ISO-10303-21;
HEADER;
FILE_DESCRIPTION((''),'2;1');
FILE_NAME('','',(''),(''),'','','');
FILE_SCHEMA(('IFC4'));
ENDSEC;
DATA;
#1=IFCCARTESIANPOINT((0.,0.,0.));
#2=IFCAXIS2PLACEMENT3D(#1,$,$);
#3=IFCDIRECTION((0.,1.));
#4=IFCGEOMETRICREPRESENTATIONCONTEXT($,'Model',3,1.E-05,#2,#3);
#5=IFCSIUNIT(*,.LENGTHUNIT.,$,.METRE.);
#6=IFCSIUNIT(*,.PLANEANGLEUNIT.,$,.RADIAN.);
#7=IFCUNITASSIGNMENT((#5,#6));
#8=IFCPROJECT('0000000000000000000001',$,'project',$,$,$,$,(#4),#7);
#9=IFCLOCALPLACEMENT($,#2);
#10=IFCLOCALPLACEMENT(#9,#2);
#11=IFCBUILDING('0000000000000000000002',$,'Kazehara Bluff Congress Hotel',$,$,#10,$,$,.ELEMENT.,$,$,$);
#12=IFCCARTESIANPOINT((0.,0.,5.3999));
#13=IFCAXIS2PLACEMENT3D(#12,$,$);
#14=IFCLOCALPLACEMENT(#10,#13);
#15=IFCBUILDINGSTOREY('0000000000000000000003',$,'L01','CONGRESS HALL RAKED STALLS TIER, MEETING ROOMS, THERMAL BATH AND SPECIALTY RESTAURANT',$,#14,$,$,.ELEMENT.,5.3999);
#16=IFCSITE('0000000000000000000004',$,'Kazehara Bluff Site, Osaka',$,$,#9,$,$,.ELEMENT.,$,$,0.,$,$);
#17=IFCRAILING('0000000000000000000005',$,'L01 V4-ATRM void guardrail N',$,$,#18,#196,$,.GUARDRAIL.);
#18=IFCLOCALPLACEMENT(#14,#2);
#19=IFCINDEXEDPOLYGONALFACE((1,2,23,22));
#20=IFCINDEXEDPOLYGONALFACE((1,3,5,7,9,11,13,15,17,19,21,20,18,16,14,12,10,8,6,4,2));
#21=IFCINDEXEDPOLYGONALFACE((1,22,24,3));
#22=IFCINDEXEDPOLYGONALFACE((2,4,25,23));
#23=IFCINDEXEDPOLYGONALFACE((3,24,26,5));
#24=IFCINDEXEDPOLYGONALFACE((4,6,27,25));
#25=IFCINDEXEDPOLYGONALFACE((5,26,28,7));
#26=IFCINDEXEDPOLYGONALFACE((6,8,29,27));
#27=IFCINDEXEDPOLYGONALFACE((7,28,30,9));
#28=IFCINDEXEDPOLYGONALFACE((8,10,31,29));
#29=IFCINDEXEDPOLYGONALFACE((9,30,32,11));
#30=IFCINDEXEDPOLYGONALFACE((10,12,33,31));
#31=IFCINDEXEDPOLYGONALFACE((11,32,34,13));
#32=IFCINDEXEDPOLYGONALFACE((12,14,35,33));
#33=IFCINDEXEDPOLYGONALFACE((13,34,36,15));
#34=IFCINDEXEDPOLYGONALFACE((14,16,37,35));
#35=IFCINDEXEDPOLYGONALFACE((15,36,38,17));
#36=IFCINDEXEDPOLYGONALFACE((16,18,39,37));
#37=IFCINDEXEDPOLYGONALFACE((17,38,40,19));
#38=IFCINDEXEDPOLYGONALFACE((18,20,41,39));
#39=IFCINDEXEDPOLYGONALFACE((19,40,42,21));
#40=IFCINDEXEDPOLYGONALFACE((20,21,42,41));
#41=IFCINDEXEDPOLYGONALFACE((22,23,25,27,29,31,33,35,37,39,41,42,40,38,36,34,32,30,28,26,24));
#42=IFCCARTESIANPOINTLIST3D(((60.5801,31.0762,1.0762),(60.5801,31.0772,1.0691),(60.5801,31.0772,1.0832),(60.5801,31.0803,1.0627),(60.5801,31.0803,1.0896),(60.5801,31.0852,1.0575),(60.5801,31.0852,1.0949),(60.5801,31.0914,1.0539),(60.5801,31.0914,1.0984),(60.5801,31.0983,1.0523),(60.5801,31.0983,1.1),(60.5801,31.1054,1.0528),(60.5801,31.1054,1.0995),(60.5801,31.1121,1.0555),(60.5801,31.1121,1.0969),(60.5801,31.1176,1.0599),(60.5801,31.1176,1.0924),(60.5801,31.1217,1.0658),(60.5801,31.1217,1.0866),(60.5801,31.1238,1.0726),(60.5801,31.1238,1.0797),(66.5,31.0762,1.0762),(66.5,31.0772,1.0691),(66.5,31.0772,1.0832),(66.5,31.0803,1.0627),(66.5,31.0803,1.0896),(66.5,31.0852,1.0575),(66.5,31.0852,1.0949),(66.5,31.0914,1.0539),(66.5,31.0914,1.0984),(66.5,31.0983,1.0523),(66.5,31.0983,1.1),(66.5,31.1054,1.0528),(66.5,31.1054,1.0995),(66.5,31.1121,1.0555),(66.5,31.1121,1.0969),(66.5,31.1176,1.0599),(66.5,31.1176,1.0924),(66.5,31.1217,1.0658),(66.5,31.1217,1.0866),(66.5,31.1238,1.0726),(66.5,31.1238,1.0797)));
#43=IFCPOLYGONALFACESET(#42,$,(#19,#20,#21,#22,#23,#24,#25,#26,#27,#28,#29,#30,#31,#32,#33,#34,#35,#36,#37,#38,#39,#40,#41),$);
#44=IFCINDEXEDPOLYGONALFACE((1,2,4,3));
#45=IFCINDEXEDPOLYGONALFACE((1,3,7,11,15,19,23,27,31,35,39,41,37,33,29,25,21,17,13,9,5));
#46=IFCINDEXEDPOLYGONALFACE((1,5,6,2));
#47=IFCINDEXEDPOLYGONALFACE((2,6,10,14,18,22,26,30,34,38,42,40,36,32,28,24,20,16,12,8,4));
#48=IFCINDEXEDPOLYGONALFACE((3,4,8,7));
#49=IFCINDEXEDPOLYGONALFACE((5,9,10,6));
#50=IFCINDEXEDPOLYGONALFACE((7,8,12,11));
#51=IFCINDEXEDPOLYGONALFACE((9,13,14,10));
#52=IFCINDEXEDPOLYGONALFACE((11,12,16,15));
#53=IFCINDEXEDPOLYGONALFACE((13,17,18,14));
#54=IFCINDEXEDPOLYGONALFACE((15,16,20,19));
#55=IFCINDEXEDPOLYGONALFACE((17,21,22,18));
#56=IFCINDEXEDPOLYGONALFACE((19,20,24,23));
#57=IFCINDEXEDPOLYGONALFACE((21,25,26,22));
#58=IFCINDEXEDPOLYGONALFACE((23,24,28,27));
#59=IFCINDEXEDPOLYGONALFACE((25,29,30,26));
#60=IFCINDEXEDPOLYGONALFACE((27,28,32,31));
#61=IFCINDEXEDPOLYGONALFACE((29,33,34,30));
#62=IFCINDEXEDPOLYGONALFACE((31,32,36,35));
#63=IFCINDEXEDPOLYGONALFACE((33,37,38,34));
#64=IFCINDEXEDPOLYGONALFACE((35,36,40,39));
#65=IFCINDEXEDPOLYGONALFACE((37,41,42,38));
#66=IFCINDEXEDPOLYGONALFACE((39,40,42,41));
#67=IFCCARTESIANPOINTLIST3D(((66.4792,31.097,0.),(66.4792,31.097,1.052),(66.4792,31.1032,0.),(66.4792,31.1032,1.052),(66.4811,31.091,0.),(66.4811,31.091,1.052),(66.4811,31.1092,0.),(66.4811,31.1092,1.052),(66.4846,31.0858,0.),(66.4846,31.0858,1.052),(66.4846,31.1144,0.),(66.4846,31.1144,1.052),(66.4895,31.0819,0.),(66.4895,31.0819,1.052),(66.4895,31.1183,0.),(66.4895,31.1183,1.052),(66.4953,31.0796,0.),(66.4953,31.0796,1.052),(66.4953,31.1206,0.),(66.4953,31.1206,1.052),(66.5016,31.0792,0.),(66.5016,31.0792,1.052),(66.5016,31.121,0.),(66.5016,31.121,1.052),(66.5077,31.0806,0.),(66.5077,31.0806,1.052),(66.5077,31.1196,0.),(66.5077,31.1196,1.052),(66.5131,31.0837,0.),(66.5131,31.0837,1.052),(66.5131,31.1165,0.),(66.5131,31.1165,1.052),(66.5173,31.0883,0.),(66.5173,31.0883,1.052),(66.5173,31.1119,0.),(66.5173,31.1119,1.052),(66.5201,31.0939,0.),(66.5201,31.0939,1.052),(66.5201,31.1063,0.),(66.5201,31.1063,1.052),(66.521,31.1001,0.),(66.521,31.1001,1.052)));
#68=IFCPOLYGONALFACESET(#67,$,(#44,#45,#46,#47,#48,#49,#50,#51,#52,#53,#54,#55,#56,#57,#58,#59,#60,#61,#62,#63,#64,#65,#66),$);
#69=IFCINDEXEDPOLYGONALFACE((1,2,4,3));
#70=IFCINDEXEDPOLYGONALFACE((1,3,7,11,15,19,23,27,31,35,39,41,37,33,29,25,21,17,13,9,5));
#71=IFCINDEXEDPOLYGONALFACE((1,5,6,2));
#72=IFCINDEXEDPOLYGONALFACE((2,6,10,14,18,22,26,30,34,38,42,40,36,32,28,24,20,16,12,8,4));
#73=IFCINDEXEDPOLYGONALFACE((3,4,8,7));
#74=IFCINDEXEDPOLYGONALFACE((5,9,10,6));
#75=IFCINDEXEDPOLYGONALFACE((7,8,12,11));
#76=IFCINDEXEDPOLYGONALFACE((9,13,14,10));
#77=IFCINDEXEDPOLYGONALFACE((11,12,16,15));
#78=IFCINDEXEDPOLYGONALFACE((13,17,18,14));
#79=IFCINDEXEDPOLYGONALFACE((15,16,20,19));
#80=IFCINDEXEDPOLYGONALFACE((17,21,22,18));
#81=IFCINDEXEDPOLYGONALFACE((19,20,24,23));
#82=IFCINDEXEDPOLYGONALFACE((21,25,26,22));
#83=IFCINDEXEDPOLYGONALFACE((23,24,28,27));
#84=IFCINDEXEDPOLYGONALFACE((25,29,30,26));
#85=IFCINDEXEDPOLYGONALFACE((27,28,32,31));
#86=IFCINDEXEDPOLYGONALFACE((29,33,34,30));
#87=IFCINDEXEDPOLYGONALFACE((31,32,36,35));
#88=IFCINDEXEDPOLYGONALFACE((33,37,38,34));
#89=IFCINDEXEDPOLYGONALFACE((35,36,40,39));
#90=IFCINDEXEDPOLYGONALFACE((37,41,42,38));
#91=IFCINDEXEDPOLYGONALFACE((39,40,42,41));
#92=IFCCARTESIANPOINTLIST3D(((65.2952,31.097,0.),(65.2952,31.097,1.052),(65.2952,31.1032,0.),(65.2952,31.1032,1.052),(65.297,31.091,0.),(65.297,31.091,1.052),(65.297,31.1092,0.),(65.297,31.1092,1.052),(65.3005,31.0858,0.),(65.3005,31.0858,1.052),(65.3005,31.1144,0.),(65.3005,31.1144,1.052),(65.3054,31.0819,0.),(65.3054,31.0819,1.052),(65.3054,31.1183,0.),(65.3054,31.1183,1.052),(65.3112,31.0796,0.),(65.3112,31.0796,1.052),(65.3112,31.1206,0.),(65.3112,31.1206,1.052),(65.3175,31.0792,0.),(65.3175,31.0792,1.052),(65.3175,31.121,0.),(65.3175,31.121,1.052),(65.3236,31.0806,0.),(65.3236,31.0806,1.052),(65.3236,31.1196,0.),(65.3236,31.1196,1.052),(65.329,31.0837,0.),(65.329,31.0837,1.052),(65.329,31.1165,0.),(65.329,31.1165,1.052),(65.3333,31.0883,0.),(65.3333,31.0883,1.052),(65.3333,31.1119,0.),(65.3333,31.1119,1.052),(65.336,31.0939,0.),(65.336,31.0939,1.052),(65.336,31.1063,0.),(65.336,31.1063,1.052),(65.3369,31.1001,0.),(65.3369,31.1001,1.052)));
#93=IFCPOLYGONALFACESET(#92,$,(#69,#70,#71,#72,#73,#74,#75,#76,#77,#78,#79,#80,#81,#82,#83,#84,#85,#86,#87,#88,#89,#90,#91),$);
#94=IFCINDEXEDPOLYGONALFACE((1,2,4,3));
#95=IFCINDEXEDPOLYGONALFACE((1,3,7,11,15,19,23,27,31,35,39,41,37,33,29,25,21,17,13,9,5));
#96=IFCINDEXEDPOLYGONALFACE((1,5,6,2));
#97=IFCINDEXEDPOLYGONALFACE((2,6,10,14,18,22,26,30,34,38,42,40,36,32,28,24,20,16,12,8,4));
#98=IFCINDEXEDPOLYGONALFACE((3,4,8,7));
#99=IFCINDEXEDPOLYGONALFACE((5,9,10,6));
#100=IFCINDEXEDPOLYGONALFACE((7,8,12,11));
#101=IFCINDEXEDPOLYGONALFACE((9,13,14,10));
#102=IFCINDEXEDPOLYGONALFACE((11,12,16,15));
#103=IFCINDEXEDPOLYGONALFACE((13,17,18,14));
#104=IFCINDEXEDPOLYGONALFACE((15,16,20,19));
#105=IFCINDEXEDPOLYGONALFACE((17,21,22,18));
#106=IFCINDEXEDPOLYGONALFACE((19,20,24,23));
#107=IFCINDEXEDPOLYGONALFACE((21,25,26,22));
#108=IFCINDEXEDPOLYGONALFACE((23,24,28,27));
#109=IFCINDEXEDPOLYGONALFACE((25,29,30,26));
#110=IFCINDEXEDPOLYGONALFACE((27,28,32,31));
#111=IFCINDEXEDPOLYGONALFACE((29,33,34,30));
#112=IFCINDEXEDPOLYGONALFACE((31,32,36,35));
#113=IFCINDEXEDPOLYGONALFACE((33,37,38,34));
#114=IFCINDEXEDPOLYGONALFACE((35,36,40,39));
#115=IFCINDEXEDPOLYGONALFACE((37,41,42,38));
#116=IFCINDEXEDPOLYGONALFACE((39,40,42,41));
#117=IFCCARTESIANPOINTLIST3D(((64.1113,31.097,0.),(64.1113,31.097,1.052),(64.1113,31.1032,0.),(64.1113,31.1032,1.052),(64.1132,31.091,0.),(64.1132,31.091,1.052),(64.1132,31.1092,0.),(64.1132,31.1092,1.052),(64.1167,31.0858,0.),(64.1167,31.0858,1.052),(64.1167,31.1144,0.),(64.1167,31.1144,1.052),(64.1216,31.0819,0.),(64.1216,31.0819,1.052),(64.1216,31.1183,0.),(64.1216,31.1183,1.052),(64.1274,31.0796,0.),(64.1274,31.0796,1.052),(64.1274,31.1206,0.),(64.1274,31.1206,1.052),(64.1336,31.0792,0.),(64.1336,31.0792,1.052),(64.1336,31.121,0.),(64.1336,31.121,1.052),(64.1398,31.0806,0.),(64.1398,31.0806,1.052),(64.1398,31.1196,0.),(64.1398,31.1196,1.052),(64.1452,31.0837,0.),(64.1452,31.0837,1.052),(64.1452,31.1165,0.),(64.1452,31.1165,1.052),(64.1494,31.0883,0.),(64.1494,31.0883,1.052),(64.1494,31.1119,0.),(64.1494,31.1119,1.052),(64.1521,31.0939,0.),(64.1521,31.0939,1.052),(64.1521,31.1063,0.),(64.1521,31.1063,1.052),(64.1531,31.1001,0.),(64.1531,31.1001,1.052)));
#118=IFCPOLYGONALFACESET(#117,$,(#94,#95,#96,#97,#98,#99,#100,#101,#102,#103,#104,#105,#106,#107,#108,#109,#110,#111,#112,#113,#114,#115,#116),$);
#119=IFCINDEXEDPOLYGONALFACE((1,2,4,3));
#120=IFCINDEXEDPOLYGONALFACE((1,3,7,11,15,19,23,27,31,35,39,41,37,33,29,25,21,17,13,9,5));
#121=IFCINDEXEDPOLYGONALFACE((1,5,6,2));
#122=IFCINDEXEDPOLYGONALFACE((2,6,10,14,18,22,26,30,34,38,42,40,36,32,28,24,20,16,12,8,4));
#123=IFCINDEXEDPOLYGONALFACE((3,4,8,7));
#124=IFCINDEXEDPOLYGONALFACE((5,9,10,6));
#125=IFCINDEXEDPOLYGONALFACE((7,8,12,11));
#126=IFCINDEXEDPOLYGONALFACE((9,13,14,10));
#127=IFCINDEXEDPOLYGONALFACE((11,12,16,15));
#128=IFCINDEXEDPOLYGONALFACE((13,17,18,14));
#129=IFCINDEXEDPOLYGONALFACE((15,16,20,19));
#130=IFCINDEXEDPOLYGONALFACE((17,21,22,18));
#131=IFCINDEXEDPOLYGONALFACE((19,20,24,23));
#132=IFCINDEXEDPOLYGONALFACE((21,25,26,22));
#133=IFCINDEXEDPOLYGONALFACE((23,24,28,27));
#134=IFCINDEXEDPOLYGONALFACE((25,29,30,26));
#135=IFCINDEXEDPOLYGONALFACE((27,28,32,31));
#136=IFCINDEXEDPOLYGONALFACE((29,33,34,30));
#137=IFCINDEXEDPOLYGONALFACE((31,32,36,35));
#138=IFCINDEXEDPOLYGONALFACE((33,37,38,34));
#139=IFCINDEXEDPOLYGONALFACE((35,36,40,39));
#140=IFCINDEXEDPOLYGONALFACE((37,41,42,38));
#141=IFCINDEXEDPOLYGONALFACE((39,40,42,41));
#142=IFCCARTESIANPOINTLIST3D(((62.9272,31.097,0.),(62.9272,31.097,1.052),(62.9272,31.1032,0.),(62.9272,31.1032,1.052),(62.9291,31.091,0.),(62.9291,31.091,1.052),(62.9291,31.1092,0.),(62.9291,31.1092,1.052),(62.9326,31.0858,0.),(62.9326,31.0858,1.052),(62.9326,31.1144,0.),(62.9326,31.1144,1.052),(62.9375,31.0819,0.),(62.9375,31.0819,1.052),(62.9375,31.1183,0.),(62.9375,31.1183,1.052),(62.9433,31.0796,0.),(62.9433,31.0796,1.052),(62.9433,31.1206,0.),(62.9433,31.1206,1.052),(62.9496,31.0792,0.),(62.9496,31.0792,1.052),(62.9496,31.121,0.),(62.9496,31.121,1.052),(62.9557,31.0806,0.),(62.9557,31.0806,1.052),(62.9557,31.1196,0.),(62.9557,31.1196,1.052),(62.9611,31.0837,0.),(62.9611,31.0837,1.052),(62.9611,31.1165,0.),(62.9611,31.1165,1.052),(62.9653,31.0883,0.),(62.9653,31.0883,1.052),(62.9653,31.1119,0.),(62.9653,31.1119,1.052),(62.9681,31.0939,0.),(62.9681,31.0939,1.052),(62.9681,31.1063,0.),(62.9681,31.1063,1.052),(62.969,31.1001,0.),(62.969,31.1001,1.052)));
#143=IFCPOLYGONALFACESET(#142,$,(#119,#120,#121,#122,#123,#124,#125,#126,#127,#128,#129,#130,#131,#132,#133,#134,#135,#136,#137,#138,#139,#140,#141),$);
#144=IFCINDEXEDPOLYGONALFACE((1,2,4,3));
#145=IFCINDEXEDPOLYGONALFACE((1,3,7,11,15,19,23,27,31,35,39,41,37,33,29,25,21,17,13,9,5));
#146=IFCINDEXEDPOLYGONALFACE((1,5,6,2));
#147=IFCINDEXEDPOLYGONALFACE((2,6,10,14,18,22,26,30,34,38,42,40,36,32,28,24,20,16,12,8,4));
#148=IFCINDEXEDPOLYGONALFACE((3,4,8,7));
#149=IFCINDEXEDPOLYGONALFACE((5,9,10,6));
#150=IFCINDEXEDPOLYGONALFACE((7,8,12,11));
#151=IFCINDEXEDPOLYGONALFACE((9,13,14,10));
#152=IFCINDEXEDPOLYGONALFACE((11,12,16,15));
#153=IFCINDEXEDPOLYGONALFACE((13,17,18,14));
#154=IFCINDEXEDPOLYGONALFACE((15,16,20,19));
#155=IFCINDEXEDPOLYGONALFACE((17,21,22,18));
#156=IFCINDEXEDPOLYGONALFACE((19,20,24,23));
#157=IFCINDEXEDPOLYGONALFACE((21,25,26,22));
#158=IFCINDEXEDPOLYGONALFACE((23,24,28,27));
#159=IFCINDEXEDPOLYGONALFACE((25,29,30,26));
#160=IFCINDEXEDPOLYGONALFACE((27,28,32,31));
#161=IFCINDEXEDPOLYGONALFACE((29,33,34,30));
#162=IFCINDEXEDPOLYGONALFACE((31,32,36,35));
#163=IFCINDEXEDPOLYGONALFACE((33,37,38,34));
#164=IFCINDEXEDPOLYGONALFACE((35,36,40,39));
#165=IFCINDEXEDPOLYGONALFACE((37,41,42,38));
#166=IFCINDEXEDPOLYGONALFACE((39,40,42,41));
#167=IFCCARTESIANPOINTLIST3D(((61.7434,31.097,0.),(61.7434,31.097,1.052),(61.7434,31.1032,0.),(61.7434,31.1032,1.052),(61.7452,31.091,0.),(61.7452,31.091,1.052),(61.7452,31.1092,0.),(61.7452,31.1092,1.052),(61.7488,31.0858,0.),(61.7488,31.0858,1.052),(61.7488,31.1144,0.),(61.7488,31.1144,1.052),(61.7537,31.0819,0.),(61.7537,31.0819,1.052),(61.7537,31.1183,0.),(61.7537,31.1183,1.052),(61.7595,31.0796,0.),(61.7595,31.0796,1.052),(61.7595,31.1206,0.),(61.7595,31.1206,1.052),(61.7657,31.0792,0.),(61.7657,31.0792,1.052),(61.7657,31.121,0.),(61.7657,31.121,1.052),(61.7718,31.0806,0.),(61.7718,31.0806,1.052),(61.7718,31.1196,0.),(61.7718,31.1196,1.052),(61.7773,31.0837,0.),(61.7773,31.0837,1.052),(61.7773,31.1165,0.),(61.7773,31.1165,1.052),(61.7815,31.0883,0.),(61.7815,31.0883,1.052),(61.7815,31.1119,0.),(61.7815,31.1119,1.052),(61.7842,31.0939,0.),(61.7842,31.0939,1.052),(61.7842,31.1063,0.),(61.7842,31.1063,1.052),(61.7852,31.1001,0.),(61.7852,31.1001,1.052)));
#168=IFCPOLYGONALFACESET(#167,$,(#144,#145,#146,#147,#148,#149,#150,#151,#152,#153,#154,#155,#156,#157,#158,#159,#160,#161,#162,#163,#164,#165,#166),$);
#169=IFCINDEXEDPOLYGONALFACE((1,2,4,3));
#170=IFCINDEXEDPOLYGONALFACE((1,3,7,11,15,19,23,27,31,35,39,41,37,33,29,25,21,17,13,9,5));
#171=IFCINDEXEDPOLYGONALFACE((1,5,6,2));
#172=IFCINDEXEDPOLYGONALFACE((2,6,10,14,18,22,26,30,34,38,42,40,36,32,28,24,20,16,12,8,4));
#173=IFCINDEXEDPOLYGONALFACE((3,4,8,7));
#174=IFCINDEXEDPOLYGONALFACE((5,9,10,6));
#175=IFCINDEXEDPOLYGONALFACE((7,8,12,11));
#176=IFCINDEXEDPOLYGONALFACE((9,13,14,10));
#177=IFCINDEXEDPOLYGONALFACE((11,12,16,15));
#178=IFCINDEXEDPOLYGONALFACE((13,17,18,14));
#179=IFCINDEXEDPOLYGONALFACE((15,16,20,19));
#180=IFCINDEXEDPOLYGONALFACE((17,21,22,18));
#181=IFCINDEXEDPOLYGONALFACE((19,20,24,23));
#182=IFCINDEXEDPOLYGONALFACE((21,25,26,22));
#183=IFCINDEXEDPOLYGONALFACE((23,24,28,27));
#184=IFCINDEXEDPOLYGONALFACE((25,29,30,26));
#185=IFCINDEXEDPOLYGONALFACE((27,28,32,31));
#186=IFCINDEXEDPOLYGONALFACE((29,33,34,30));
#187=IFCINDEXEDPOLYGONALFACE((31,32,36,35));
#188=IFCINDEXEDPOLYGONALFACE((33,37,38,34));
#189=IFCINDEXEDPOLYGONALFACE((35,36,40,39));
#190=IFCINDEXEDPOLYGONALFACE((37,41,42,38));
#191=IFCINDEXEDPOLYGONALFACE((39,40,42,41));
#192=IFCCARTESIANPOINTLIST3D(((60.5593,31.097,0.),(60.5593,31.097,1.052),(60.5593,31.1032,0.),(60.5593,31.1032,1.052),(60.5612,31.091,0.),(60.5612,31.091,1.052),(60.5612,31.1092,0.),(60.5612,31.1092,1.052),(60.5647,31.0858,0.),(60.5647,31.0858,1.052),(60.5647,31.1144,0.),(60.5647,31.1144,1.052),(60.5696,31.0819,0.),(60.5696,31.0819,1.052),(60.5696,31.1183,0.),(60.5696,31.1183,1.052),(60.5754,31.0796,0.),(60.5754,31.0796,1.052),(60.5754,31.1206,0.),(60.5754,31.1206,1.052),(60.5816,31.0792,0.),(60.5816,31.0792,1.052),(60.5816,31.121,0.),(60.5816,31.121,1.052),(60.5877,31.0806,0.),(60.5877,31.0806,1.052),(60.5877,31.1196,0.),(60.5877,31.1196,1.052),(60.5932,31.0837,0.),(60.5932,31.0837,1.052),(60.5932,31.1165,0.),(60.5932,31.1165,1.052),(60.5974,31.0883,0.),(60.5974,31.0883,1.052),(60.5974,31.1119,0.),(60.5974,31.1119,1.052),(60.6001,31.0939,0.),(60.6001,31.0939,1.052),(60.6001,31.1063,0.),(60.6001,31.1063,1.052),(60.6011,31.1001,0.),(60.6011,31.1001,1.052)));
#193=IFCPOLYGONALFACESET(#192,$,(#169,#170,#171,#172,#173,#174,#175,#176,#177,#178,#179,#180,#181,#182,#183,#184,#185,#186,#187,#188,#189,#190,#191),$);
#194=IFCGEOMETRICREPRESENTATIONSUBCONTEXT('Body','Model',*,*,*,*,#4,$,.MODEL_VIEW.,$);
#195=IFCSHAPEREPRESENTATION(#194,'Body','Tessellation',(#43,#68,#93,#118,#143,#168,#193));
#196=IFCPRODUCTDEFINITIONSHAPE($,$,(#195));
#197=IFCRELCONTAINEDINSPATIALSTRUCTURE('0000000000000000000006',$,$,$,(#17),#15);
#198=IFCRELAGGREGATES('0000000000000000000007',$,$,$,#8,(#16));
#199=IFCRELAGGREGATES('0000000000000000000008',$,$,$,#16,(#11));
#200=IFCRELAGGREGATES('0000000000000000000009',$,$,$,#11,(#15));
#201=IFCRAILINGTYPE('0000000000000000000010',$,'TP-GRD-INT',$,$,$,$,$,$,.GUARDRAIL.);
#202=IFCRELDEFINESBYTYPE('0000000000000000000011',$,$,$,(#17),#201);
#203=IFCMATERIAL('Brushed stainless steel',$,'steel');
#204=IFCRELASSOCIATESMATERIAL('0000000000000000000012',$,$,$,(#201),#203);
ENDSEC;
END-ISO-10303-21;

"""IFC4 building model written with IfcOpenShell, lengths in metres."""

from ifc_helpers import new_model, si_unit, direction, frame, origin, origin_2d, place, context, subcontext, project, spatial, circle, extrude, material, type_object, element, save


model = new_model("IFC4")

# Units and contexts
model_context = context("Model", 3, precision=1e-05, world=origin(), true_north=direction((0.0, 1.0)))
body_context = subcontext(model_context, "Body", "Model", "MODEL_VIEW")
ifc_project = project(units=[si_unit("LENGTHUNIT", "METRE"), si_unit("PLANEANGLEUNIT", "RADIAN")], contexts=[model_context])

# Site, building, storey
site_placement = place(None, origin())
site = spatial("IfcSite", under=ifc_project, at=site_placement, Name="Kazehara Bluff Site, Osaka", CompositionType="ELEMENT", RefElevation=0.0)
building_placement = place(site_placement, origin())
building = spatial("IfcBuilding", under=site, at=building_placement, Name="Kazehara Bluff Congress Hotel", CompositionType="ELEMENT")
storey_placement = place(building_placement, frame((0.0, 0.0, 5.3999)))
storey = spatial("IfcBuildingStorey", under=building, at=storey_placement, Name="L01", Description="CONGRESS HALL RAKED STALLS TIER, MEETING ROOMS, THERMAL BATH AND SPECIALTY RESTAURANT", CompositionType="ELEMENT", Elevation=5.3999)

# Railing
ifc_material_1 = material(Name="Brushed stainless steel", Category="steel")
railing_type = type_object("IfcRailingType", Name="TP-GRD-INT", PredefinedType="GUARDRAIL", material=ifc_material_1)
railing_1_placement = place(storey_placement, frame((66.5, 31.1001, 0.0)))
element("IfcRailing", 1, at=railing_1_placement, inside=storey, type_object=railing_type, Name="L01 V4-ATRM void guardrail N", PredefinedType="GUARDRAIL", context=body_context, shape_type="SweptSolid", body=[
    extrude(circle(Radius=0.0239, at=origin_2d()), frame((0.0, 0.0, 1.0762), z_axis=(-1.0, 0.0, 0.0), x_axis=(0.0, -1.0, 0.0)), (0.0, 0.0, 1.0), 5.9199),
    extrude(circle(Radius=0.021, at=origin_2d()), origin(), (0.0, 0.0, 1.0), 1.052),
    extrude(circle(Radius=0.021, at=origin_2d()), frame((-1.1841, 0.0, 0.0)), (0.0, 0.0, 1.0), 1.052),
    extrude(circle(Radius=0.021, at=origin_2d()), frame((-2.3679, 0.0, 0.0)), (0.0, 0.0, 1.0), 1.052),
    extrude(circle(Radius=0.021, at=origin_2d()), frame((-3.552, 0.0, 0.0)), (0.0, 0.0, 1.0), 1.052),
    extrude(circle(Radius=0.021, at=origin_2d()), frame((-4.7358, 0.0, 0.0)), (0.0, 0.0, 1.0), 1.052),
    extrude(circle(Radius=0.021, at=origin_2d()), frame((-5.9199, 0.0, 0.0)), (0.0, 0.0, 1.0), 1.052),
])

save(model, "model.ifc")
